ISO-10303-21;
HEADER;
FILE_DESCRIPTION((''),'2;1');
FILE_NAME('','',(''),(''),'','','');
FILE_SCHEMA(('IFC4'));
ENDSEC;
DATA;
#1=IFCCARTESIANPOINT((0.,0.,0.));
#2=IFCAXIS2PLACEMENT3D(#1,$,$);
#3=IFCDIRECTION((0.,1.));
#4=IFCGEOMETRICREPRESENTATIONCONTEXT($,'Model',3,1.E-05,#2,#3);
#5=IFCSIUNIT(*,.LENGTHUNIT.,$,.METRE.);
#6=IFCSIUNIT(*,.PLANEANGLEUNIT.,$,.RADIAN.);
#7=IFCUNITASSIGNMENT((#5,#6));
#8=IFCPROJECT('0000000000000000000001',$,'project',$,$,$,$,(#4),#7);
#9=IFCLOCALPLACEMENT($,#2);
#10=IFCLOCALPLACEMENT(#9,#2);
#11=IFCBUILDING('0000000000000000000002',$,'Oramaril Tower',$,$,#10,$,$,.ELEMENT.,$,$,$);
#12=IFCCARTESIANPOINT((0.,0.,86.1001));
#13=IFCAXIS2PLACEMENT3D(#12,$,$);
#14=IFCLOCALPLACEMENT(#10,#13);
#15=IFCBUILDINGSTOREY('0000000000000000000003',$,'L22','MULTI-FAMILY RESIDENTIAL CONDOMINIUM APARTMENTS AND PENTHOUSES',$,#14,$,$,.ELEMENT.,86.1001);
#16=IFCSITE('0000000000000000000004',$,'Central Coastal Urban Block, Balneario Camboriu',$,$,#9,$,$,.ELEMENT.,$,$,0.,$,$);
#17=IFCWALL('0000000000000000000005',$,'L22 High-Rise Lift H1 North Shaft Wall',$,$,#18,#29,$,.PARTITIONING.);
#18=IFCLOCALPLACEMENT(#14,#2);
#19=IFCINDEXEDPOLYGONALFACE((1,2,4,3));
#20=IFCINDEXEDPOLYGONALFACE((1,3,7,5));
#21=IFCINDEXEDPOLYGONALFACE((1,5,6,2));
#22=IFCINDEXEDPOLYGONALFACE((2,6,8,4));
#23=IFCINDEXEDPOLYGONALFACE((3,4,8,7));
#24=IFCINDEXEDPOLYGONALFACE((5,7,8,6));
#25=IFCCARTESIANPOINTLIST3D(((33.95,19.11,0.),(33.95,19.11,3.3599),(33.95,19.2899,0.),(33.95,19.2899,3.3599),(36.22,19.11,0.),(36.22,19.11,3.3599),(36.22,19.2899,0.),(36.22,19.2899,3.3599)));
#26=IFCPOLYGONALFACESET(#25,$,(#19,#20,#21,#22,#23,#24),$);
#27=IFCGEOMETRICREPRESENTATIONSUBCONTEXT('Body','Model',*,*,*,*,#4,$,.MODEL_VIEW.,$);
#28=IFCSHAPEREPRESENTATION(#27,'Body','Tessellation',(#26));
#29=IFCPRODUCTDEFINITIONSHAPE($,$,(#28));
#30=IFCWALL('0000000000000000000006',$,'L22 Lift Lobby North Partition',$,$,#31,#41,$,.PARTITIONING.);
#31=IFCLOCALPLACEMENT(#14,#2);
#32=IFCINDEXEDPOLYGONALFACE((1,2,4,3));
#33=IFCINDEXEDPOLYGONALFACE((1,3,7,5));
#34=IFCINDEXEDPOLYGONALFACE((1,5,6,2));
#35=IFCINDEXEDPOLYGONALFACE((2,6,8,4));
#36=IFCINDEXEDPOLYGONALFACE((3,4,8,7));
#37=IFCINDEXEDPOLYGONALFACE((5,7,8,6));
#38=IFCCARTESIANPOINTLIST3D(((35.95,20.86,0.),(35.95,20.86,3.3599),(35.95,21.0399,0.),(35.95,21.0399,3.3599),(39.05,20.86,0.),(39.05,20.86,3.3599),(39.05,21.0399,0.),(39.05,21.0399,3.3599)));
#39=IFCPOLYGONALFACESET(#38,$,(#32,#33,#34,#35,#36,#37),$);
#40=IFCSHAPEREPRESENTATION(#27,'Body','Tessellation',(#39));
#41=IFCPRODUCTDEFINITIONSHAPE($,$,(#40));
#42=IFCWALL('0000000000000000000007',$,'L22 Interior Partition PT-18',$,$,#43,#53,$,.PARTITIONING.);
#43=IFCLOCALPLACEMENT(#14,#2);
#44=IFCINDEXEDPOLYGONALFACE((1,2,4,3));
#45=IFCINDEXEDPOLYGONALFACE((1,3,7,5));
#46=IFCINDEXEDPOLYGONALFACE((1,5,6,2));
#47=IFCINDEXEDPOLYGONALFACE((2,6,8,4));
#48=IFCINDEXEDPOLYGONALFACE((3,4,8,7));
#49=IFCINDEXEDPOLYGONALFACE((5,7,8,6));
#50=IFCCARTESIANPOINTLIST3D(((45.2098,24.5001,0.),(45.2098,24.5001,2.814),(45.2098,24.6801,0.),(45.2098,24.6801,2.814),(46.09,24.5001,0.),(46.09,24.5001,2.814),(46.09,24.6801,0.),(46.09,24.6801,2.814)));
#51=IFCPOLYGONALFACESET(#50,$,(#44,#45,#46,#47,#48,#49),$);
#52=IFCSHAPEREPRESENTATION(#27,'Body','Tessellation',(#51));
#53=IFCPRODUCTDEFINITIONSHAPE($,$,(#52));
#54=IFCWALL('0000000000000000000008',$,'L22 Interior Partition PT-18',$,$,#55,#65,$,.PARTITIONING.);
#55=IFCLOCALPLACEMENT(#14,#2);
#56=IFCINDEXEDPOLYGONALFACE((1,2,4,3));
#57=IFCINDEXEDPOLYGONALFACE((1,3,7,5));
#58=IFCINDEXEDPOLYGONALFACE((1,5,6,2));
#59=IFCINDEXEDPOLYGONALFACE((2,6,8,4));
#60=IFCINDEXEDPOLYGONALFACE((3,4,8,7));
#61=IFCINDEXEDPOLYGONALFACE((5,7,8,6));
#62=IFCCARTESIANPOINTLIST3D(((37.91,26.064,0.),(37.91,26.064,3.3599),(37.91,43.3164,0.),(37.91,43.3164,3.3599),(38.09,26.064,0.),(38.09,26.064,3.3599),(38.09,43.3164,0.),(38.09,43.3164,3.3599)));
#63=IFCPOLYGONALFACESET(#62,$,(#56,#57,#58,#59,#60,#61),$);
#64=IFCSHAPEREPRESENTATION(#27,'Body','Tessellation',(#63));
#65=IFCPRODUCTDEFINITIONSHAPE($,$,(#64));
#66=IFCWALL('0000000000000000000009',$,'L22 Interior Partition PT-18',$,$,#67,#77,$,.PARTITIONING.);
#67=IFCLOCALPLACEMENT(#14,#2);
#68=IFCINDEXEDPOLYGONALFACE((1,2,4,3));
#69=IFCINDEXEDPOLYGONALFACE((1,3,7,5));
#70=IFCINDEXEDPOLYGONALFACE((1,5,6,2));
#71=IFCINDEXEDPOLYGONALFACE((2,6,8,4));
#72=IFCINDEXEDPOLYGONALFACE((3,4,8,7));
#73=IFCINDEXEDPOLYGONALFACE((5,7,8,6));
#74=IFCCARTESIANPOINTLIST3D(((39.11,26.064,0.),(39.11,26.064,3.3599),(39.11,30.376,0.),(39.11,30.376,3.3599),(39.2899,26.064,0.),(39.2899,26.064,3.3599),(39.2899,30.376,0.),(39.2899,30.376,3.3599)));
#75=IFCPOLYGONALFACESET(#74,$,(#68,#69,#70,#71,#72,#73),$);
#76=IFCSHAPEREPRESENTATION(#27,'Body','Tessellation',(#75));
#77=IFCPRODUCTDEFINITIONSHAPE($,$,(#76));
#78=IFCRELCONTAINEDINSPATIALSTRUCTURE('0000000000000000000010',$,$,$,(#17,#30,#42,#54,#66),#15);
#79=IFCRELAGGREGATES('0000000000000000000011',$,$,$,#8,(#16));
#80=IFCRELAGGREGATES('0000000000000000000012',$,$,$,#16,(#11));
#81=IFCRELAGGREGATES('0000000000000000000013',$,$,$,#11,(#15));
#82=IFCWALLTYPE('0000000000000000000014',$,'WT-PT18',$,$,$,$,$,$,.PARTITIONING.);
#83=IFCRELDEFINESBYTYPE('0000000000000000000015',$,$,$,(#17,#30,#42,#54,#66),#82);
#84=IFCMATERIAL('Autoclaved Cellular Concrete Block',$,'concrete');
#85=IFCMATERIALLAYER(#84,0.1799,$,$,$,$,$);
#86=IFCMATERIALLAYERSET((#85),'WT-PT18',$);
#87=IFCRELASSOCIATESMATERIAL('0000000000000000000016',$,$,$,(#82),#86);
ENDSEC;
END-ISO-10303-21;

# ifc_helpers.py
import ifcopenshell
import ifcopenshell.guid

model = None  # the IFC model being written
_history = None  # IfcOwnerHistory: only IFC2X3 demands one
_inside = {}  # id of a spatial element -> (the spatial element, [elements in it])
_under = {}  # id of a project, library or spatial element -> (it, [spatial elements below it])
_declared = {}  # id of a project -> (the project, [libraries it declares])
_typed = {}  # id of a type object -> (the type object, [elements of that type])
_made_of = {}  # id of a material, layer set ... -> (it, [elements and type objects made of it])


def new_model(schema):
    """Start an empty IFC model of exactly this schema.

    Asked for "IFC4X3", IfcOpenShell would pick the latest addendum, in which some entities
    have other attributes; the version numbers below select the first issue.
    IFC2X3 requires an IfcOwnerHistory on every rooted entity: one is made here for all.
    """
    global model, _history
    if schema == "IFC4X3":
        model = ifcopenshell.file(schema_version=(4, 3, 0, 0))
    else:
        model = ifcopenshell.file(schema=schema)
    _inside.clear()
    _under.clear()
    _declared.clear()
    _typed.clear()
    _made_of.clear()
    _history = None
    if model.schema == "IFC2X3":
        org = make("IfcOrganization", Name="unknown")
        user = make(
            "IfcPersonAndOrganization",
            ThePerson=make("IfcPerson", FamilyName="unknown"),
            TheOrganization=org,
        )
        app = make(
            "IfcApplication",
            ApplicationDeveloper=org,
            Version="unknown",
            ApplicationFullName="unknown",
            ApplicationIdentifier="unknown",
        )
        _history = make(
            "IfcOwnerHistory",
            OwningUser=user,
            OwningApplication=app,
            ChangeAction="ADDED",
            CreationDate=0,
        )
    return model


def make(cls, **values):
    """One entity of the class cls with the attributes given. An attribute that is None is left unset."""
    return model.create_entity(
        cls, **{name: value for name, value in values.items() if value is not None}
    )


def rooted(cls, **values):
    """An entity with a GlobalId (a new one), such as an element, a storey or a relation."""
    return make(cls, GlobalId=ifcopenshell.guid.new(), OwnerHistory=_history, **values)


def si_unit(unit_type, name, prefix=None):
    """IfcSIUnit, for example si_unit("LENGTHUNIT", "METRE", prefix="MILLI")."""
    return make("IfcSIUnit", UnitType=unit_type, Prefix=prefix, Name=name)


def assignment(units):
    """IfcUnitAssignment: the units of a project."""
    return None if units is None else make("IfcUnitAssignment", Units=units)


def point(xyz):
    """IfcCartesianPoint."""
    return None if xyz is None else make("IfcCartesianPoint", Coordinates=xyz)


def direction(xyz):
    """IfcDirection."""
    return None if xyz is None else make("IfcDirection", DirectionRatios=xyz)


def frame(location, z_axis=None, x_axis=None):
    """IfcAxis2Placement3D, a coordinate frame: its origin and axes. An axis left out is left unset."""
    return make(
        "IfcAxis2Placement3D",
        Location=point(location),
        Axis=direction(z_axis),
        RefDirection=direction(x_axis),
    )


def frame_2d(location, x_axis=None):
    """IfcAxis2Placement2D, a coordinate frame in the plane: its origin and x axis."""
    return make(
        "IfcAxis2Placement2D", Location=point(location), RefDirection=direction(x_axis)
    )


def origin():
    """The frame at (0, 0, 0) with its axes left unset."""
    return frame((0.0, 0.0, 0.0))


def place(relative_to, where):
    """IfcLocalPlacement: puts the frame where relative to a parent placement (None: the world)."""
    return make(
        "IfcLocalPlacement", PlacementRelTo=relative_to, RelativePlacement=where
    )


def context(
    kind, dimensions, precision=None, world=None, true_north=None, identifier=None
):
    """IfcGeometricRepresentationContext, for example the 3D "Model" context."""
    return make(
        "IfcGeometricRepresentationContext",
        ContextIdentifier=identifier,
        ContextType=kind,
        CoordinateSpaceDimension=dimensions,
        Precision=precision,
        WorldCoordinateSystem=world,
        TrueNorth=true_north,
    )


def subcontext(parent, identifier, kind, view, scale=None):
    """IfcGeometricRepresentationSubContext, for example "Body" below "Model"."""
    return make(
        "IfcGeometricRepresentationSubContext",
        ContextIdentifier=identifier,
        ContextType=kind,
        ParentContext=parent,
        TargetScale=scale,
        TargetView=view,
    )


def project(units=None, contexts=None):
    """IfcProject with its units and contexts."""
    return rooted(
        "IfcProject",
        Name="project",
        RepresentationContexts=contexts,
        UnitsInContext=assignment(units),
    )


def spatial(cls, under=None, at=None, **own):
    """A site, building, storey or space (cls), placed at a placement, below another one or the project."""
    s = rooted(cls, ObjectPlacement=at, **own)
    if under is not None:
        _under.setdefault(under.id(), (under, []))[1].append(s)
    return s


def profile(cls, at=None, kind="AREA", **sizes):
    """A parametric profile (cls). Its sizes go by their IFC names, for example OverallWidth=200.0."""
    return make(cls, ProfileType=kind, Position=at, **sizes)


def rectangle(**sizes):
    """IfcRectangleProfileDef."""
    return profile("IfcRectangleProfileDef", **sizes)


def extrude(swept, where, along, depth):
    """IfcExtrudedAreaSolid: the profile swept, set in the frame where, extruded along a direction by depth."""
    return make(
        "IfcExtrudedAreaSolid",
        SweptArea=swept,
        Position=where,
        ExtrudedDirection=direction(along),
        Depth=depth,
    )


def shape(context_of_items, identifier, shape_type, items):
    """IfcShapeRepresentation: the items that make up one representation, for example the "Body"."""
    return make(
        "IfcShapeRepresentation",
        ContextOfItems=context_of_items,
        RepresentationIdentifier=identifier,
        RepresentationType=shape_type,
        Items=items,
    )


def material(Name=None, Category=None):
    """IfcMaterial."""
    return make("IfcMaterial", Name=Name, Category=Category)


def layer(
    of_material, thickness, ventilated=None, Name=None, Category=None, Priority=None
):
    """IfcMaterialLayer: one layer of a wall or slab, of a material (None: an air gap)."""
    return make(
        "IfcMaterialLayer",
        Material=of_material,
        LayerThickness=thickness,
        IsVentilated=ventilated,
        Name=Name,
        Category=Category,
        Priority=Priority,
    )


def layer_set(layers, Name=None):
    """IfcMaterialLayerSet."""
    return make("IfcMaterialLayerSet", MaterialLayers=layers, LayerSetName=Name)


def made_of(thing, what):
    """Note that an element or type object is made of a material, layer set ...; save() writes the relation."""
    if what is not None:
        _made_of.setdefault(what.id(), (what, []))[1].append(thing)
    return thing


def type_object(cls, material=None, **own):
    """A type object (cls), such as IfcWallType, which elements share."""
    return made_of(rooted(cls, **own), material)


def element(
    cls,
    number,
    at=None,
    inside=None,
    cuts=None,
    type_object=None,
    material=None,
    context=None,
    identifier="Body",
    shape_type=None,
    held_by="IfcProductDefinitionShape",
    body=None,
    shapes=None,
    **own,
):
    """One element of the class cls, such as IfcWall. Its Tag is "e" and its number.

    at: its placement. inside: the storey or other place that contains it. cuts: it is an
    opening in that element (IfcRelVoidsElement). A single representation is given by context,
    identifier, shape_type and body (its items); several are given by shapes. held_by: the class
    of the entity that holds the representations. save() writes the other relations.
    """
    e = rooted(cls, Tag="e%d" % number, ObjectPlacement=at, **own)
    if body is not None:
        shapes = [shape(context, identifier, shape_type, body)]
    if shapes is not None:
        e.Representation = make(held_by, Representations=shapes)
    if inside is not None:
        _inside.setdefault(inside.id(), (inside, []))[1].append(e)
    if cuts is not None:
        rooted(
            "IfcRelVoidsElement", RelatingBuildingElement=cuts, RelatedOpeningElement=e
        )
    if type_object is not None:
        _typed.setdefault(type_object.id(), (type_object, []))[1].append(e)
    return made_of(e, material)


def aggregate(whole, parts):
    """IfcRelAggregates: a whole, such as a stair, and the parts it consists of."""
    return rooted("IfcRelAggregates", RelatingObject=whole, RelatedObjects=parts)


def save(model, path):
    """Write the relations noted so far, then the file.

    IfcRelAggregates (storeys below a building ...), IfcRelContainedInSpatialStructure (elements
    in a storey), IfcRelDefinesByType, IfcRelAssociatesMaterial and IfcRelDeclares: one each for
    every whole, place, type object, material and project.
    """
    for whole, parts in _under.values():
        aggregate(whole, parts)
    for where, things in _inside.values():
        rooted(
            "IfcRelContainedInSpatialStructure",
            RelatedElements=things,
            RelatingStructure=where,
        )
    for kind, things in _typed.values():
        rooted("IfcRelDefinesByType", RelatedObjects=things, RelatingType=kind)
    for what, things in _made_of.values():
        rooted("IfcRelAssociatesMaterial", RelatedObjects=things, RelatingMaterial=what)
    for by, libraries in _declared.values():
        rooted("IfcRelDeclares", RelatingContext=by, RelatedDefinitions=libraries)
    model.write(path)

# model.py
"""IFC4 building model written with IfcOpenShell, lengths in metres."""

from ifc_helpers import new_model, si_unit, direction, frame, frame_2d, origin, place, context, subcontext, project, spatial, rectangle, extrude, material, layer, layer_set, type_object, element, save


model = new_model("IFC4")

# Units and contexts
model_context = context("Model", 3, precision=1e-05, world=origin(), true_north=direction((0.0, 1.0)))
body_context = subcontext(model_context, "Body", "Model", "MODEL_VIEW")
ifc_project = project(units=[si_unit("LENGTHUNIT", "METRE"), si_unit("PLANEANGLEUNIT", "RADIAN")], contexts=[model_context])

# Site, building, storey
site_placement = place(None, origin())
site = spatial("IfcSite", under=ifc_project, at=site_placement, Name="Central Coastal Urban Block, Balneario Camboriu", CompositionType="ELEMENT", RefElevation=0.0)
building_placement = place(site_placement, origin())
building = spatial("IfcBuilding", under=site, at=building_placement, Name="Oramaril Tower", CompositionType="ELEMENT")
storey_placement = place(building_placement, frame((0.0, 0.0, 86.1001)))
storey = spatial("IfcBuildingStorey", under=building, at=storey_placement, Name="L22", Description="MULTI-FAMILY RESIDENTIAL CONDOMINIUM APARTMENTS AND PENTHOUSES", CompositionType="ELEMENT", Elevation=86.1001)

# Walls
ifc_material_1 = material(Name="Autoclaved Cellular Concrete Block", Category="concrete")
ifc_layer_1 = layer(ifc_material_1, 0.1799)
ifc_layer_set_1 = layer_set([ifc_layer_1], Name="WT-PT18")
wall_type_1 = type_object("IfcWallType", Name="WT-PT18", PredefinedType="PARTITIONING", material=ifc_layer_set_1)
wall_1_placement = place(storey_placement, frame((33.95, 19.2, 0.0), z_axis=(0.0, 0.0, 1.0), x_axis=(1.0, 0.0, 0.0)))
element("IfcWall", 1, at=wall_1_placement, inside=storey, type_object=wall_type_1, Name="L22 High-Rise Lift H1 North Shaft Wall", PredefinedType="PARTITIONING", context=body_context, shape_type="SweptSolid", body=[
    extrude(rectangle(XDim=2.27, YDim=0.1799, at=frame_2d((1.135, 0.0))), origin(), (0.0, 0.0, 1.0), 3.3599),
])
wall_2_placement = place(storey_placement, frame((35.95, 20.95, 0.0), z_axis=(0.0, 0.0, 1.0), x_axis=(1.0, 0.0, 0.0)))
element("IfcWall", 2, at=wall_2_placement, inside=storey, type_object=wall_type_1, Name="L22 Lift Lobby North Partition", PredefinedType="PARTITIONING", context=body_context, shape_type="SweptSolid", body=[
    extrude(rectangle(XDim=3.1001, YDim=0.1799, at=frame_2d((1.55, 0.0))), origin(), (0.0, 0.0, 1.0), 3.3599),
])
wall_3_placement = place(storey_placement, frame((45.21, 24.5901, 0.0), z_axis=(0.0, 0.0, 1.0), x_axis=(1.0, 0.0, 0.0)))
element("IfcWall", 3, at=wall_3_placement, inside=storey, type_object=wall_type_1, Name="L22 Interior Partition PT-18", PredefinedType="PARTITIONING", context=body_context, shape_type="SweptSolid", body=[
    extrude(rectangle(XDim=0.8801, YDim=0.1799, at=frame_2d((0.4399, 0.0))), origin(), (0.0, 0.0, 1.0), 2.814),
])
wall_4_placement = place(storey_placement, frame((38.0, 26.064, 0.0), z_axis=(0.0, 0.0, 1.0), x_axis=(0.0, 1.0, 0.0)))
element("IfcWall", 4, at=wall_4_placement, inside=storey, type_object=wall_type_1, Name="L22 Interior Partition PT-18", PredefinedType="PARTITIONING", context=body_context, shape_type="SweptSolid", body=[
    extrude(rectangle(XDim=17.2524, YDim=0.1799, at=frame_2d((8.6262, 0.0))), origin(), (0.0, 0.0, 1.0), 3.3599),
])
wall_5_placement = place(storey_placement, frame((39.2, 26.064, 0.0), z_axis=(0.0, 0.0, 1.0), x_axis=(0.0, 1.0, 0.0)))
element("IfcWall", 5, at=wall_5_placement, inside=storey, type_object=wall_type_1, Name="L22 Interior Partition PT-18", PredefinedType="PARTITIONING", context=body_context, shape_type="SweptSolid", body=[
    extrude(rectangle(XDim=4.312, YDim=0.1799, at=frame_2d((2.156, 0.0))), origin(), (0.0, 0.0, 1.0), 3.3599),
])

save(model, "model.ifc")
